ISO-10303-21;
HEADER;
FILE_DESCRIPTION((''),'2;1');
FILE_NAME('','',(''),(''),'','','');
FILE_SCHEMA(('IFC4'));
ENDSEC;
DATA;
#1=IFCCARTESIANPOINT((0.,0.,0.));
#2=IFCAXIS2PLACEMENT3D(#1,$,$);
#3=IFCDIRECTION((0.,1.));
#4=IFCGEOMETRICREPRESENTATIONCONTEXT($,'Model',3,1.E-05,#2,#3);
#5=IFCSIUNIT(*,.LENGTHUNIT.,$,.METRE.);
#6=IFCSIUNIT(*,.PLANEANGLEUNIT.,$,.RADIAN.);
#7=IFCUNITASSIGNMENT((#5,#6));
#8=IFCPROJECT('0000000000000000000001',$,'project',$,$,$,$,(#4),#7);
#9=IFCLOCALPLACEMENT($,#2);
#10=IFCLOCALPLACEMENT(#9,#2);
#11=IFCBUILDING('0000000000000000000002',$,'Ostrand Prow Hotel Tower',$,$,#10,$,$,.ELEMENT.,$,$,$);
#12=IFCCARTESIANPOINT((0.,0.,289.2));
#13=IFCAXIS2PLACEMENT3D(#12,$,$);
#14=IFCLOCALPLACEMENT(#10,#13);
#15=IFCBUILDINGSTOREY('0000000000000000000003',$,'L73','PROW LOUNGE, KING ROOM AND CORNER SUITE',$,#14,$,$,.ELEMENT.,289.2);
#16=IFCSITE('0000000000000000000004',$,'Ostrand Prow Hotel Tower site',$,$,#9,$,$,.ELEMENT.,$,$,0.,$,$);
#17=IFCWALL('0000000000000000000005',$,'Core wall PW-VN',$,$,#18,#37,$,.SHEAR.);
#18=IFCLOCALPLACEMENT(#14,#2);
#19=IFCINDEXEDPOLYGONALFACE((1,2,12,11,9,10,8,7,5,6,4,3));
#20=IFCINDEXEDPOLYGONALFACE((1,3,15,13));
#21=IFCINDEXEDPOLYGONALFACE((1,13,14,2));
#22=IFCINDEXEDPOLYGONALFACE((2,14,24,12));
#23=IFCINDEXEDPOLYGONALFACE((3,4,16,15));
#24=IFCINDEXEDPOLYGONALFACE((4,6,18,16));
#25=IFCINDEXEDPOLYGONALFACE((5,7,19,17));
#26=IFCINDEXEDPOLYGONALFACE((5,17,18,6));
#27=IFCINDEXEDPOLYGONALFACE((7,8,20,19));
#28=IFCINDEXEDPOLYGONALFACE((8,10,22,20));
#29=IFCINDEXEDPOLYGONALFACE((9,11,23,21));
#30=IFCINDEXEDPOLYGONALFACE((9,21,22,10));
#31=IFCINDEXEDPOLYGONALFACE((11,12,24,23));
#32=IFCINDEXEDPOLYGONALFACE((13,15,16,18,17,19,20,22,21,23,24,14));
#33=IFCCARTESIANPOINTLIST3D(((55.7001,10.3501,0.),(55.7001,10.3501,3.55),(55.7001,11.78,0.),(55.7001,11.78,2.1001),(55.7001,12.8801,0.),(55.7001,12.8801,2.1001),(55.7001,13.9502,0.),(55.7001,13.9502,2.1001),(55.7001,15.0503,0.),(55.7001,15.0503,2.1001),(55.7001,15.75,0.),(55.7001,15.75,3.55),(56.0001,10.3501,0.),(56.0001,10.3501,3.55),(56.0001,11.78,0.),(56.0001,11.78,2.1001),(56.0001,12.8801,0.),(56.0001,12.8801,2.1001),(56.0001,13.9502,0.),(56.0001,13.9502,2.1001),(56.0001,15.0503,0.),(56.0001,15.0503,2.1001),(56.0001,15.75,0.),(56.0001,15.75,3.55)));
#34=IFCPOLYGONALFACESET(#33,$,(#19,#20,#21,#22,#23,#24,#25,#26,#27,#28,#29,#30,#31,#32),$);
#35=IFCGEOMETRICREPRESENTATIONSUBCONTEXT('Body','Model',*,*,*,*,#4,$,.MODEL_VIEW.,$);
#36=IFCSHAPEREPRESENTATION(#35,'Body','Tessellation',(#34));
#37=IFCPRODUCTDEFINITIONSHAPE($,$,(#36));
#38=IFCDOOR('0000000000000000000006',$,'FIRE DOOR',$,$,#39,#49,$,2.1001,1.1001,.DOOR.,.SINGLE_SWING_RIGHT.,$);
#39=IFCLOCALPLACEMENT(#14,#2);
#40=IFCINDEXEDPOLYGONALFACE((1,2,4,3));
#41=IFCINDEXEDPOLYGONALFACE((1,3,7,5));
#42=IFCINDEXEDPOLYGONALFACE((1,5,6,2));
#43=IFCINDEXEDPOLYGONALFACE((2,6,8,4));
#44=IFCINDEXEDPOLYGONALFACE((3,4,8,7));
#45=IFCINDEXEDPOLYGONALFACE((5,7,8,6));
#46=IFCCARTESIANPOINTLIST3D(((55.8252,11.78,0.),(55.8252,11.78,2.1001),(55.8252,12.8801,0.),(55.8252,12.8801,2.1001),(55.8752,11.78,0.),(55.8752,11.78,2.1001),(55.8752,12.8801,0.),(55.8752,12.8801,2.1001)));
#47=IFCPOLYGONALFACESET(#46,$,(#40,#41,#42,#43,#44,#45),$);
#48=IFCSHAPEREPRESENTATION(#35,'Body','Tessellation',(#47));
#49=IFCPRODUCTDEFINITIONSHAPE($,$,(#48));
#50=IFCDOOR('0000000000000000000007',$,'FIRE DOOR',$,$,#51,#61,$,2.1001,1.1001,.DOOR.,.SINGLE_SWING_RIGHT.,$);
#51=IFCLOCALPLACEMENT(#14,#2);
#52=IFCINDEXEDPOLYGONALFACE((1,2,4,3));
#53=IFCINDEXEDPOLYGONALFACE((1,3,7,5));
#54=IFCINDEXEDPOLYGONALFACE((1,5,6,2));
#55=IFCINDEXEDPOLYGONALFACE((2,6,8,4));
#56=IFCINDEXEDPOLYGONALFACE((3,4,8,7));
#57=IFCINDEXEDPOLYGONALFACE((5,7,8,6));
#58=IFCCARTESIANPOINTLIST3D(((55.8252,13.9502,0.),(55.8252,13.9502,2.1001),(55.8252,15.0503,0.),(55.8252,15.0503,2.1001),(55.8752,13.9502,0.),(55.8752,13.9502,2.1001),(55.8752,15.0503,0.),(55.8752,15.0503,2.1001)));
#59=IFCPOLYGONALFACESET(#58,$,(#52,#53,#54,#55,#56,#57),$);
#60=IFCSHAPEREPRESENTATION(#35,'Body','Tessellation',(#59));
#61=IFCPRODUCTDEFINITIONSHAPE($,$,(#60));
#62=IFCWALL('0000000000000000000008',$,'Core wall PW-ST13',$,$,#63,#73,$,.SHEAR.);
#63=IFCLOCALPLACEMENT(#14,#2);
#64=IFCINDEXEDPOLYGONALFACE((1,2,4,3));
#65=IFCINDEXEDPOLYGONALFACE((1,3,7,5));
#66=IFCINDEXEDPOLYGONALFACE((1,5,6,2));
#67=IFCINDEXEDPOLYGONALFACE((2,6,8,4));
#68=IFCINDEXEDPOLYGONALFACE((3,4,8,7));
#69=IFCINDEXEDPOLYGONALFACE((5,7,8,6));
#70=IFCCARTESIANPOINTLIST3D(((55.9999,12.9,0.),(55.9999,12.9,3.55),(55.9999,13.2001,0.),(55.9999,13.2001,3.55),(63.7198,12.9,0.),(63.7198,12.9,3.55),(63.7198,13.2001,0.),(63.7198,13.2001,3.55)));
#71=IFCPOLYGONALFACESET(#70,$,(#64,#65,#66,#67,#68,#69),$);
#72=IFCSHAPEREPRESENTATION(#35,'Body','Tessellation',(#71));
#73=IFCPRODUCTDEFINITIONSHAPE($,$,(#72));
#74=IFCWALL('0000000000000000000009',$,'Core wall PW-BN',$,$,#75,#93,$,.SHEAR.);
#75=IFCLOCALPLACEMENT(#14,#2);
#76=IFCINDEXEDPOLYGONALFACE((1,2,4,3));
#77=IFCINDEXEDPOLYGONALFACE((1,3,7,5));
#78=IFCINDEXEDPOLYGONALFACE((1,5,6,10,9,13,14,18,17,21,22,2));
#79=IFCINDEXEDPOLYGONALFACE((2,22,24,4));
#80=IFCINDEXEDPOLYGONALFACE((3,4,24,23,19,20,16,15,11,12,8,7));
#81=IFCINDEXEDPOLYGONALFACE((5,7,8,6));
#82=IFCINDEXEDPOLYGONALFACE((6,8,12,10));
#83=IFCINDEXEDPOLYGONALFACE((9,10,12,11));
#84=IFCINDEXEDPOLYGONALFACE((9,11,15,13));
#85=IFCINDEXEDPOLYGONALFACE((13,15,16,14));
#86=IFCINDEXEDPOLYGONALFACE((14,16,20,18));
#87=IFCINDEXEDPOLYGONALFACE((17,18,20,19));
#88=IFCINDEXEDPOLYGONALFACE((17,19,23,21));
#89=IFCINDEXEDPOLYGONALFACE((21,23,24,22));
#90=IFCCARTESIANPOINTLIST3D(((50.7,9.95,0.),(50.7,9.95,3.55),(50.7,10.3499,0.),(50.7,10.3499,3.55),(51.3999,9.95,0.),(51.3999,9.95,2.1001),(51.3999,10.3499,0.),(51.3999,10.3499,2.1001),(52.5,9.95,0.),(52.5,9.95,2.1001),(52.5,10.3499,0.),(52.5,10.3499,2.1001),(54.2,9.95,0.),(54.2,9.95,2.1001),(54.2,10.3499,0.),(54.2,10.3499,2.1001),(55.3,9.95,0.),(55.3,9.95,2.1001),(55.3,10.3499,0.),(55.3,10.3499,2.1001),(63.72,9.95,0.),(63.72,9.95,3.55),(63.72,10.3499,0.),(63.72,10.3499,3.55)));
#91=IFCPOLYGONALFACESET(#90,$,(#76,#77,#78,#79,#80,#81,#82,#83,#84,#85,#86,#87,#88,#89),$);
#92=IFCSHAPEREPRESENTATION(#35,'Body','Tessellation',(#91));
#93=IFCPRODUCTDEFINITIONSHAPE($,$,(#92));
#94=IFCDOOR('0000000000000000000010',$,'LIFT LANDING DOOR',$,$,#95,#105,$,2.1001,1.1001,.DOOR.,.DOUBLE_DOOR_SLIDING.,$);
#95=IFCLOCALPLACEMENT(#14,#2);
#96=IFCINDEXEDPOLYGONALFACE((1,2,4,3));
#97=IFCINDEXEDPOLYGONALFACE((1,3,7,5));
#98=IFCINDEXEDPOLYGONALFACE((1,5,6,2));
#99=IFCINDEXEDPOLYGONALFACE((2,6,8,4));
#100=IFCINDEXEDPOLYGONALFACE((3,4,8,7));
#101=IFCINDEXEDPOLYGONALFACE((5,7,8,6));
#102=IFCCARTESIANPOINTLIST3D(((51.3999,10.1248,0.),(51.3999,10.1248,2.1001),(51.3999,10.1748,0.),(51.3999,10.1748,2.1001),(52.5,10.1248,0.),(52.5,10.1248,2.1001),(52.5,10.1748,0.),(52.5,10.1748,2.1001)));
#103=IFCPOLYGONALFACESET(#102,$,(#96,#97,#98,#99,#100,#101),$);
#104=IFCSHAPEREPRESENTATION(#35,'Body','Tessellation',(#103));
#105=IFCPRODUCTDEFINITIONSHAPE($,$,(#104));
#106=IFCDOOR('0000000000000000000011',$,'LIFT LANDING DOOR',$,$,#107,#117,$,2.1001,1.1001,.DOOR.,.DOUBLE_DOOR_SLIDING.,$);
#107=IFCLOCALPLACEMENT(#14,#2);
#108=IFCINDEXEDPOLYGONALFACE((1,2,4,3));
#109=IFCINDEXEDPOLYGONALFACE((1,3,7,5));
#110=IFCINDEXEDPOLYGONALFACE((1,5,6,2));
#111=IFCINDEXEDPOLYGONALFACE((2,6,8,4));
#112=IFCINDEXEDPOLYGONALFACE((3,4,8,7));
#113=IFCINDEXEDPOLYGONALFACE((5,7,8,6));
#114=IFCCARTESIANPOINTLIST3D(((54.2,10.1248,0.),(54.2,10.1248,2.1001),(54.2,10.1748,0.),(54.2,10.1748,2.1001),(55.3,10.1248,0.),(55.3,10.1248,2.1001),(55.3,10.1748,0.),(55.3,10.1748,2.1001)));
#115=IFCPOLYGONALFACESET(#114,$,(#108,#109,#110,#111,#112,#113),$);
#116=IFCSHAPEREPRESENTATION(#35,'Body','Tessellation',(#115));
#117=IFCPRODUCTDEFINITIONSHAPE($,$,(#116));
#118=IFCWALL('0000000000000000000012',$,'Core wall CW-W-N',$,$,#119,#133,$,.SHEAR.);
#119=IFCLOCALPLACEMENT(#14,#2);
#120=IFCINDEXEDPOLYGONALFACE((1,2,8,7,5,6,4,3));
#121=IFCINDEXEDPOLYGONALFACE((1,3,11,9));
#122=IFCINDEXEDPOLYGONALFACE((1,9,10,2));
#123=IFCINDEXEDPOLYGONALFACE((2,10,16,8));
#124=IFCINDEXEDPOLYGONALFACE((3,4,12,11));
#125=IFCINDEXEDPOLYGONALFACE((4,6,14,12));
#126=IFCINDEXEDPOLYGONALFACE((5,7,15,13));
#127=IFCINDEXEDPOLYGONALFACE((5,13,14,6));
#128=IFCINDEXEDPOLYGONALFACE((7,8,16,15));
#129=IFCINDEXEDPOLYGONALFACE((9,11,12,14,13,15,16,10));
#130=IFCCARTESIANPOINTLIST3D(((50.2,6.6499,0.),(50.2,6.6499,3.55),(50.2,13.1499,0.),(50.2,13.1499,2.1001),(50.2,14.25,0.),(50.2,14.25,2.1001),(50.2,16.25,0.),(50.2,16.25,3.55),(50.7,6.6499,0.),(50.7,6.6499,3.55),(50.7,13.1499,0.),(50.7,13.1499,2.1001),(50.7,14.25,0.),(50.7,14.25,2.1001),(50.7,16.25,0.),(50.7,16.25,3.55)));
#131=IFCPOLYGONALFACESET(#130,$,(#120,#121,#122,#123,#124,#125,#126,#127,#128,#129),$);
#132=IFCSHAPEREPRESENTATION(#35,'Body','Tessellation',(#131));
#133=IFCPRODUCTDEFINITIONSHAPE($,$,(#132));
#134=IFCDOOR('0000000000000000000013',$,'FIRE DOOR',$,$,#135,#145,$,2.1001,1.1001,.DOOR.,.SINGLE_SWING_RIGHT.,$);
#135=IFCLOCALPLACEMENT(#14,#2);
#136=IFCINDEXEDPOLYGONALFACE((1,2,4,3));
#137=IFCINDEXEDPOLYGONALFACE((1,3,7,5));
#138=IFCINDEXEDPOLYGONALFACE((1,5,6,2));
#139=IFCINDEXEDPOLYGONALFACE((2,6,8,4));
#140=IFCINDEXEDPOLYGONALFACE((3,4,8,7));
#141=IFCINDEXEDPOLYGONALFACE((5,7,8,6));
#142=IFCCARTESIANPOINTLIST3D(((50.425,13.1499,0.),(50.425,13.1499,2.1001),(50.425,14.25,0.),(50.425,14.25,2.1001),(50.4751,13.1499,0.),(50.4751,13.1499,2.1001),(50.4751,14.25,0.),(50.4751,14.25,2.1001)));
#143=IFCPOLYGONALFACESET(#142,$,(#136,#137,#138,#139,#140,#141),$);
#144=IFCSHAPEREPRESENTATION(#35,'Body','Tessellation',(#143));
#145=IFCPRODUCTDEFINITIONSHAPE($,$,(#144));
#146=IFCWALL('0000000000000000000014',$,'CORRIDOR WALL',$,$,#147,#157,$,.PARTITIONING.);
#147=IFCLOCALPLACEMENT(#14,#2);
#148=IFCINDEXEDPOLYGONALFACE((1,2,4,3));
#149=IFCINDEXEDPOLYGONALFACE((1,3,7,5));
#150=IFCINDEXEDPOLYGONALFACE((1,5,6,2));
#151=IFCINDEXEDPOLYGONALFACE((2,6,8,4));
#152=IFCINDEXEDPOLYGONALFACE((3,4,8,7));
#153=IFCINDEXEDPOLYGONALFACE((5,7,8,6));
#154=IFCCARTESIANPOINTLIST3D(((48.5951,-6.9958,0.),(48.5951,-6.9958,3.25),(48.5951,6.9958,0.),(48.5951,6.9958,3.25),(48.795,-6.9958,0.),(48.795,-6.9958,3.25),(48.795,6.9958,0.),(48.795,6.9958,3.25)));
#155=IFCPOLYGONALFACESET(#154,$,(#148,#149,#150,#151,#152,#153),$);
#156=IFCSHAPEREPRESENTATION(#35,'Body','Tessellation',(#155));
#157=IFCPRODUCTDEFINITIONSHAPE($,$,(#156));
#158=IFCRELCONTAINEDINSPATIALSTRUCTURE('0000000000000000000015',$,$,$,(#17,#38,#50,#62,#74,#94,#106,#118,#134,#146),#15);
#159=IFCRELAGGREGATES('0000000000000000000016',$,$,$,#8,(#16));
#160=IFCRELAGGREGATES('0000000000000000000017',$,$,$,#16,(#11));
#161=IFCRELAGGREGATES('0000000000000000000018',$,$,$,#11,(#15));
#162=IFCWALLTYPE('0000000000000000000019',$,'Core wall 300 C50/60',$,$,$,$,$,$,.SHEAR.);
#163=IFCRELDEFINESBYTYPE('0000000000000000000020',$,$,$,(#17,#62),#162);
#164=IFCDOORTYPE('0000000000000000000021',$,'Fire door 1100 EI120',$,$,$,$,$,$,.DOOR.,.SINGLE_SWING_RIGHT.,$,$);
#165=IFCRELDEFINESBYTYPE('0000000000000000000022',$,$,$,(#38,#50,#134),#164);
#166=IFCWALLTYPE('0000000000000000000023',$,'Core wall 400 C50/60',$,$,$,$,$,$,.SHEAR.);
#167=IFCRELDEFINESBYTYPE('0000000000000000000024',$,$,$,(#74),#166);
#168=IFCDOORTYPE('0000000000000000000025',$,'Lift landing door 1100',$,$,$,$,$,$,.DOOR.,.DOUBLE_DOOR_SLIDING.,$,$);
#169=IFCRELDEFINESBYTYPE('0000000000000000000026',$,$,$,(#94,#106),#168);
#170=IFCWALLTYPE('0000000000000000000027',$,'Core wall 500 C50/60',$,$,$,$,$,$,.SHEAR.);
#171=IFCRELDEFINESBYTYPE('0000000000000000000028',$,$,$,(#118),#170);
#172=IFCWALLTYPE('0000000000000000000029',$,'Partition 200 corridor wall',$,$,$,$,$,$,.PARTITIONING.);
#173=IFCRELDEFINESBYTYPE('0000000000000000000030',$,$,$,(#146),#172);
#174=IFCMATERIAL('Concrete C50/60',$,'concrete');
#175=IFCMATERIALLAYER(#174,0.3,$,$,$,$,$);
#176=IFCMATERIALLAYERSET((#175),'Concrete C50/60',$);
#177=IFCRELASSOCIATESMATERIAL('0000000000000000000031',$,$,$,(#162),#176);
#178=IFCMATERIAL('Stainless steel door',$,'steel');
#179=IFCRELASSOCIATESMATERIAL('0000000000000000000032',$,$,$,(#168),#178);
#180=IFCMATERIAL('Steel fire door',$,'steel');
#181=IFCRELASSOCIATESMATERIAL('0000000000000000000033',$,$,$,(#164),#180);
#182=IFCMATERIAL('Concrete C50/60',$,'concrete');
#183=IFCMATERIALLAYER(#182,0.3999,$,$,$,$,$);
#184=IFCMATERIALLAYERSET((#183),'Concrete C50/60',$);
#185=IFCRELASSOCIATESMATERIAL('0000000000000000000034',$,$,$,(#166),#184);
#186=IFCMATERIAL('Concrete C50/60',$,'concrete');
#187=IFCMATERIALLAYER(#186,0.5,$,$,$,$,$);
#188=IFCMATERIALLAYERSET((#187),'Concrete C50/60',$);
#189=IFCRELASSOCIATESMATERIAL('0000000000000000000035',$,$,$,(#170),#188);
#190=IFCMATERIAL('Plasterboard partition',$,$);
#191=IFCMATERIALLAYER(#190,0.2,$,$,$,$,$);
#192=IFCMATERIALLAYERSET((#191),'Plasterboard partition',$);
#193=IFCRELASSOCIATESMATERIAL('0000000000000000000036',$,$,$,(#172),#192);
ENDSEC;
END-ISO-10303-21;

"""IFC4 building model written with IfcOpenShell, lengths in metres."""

from ifc_helpers import new_model, si_unit, direction, frame, frame_2d, origin, place, context, subcontext, project, spatial, rectangle, extrude, material, layer, layer_set, type_object, element, fill, save


model = new_model("IFC4")

# Units and contexts
model_context = context("Model", 3, precision=1e-05, world=origin(), true_north=direction((0.0, 1.0)))
body_context = subcontext(model_context, "Body", "Model", "MODEL_VIEW")
ifc_project = project(units=[si_unit("LENGTHUNIT", "METRE"), si_unit("PLANEANGLEUNIT", "RADIAN")], contexts=[model_context])

# Site, building, storey
site_placement = place(None, origin())
site = spatial("IfcSite", under=ifc_project, at=site_placement, Name="Ostrand Prow Hotel Tower site", CompositionType="ELEMENT", RefElevation=0.0)
building_placement = place(site_placement, origin())
building = spatial("IfcBuilding", under=site, at=building_placement, Name="Ostrand Prow Hotel Tower", CompositionType="ELEMENT")
storey_placement = place(building_placement, frame((0.0, 0.0, 289.2)))
storey = spatial("IfcBuildingStorey", under=building, at=storey_placement, Name="L73", Description="PROW LOUNGE, KING ROOM AND CORNER SUITE", CompositionType="ELEMENT", Elevation=289.2)

# Shared definitions
ifc_material_1 = material(Name="Concrete C50/60", Category="concrete")
ifc_layer_1 = layer(ifc_material_1, 0.3)
ifc_layer_set_1 = layer_set([ifc_layer_1], Name="Concrete C50/60")
wall_type_1 = type_object("IfcWallType", Name="Core wall 300 C50/60", PredefinedType="SHEAR", material=ifc_layer_set_1)
ifc_material_2 = material(Name="Stainless steel door", Category="steel")
door_type_1 = type_object("IfcDoorType", Name="Lift landing door 1100", OperationType="DOUBLE_DOOR_SLIDING", PredefinedType="DOOR", material=ifc_material_2)

# Wall, openings, doors
wall_1_placement = place(storey_placement, frame((55.8501, 10.3501, 0.0), z_axis=(0.0, 0.0, 1.0), x_axis=(0.0, 1.0, 0.0)))
wall_1 = element("IfcWall", 1, at=wall_1_placement, inside=storey, type_object=wall_type_1, Name="Core wall PW-VN", PredefinedType="SHEAR", context=body_context, shape_type="SweptSolid", body=[
    extrude(rectangle(XDim=5.3999, YDim=0.3, at=frame_2d((2.7, 0.0))), origin(), (0.0, 0.0, 1.0), 3.55),
])
opening_1_placement = place(wall_1_placement, frame((1.4299, 0.0, 0.0)))
opening_1 = element("IfcOpeningElement", 2, at=opening_1_placement, cuts=wall_1, PredefinedType="OPENING", context=body_context, shape_type="SweptSolid", body=[
    extrude(rectangle(XDim=1.1001, YDim=2.1001, at=frame_2d((0.55, 1.05))), frame((0.0, 0.1599, 0.0), z_axis=(0.0, -1.0, 0.0), x_axis=(1.0, 0.0, 0.0)), (0.0, 0.0, 1.0), 0.3201),
])
opening_2_placement = place(wall_1_placement, frame((3.6001, 0.0, 0.0)))
opening_2 = element("IfcOpeningElement", 3, at=opening_2_placement, cuts=wall_1, PredefinedType="OPENING", context=body_context, shape_type="SweptSolid", body=[
    extrude(rectangle(XDim=1.1001, YDim=2.1001, at=frame_2d((0.55, 1.05))), frame((0.0, 0.1599, 0.0), z_axis=(0.0, -1.0, 0.0), x_axis=(1.0, 0.0, 0.0)), (0.0, 0.0, 1.0), 0.3201),
])
ifc_material_3 = material(Name="Steel fire door", Category="steel")
door_type_2 = type_object("IfcDoorType", Name="Fire door 1100 EI120", OperationType="SINGLE_SWING_RIGHT", PredefinedType="DOOR", material=ifc_material_3)
door_1_placement = place(opening_1_placement, origin())
door_1 = element("IfcDoor", 4, at=door_1_placement, inside=storey, type_object=door_type_2, Name="FIRE DOOR", OperationType="SINGLE_SWING_RIGHT", OverallHeight=2.1001, OverallWidth=1.1001, PredefinedType="DOOR", context=body_context, shape_type="SweptSolid", body=[
    extrude(rectangle(XDim=1.1001, YDim=2.1001, at=frame_2d((0.55, 1.05))), frame((0.0, 0.0249, 0.0), z_axis=(0.0, -1.0, 0.0), x_axis=(1.0, 0.0, 0.0)), (0.0, 0.0, 1.0), 0.05),
])
fill(opening_1, door_1)
door_2_placement = place(opening_2_placement, origin())
door_2 = element("IfcDoor", 5, at=door_2_placement, inside=storey, type_object=door_type_2, Name="FIRE DOOR", OperationType="SINGLE_SWING_RIGHT", OverallHeight=2.1001, OverallWidth=1.1001, PredefinedType="DOOR", context=body_context, shape_type="SweptSolid", body=[
    extrude(rectangle(XDim=1.1001, YDim=2.1001, at=frame_2d((0.55, 1.05))), frame((0.0, 0.0249, 0.0), z_axis=(0.0, -1.0, 0.0), x_axis=(1.0, 0.0, 0.0)), (0.0, 0.0, 1.0), 0.05),
])
fill(opening_2, door_2)

# Wall
wall_2_placement = place(storey_placement, frame((56.0, 13.05, 0.0), z_axis=(0.0, 0.0, 1.0), x_axis=(1.0, 0.0, 0.0)))
element("IfcWall", 6, at=wall_2_placement, inside=storey, type_object=wall_type_1, Name="Core wall PW-ST13", PredefinedType="SHEAR", context=body_context, shape_type="SweptSolid", body=[
    extrude(rectangle(XDim=7.72, YDim=0.3, at=frame_2d((3.8599, 0.0))), origin(), (0.0, 0.0, 1.0), 3.55),
])

# Wall, openings, doors
ifc_material_4 = material(Name="Concrete C50/60", Category="concrete")
ifc_layer_2 = layer(ifc_material_4, 0.3999)
ifc_layer_set_2 = layer_set([ifc_layer_2], Name="Concrete C50/60")
wall_type_2 = type_object("IfcWallType", Name="Core wall 400 C50/60", PredefinedType="SHEAR", material=ifc_layer_set_2)
wall_3_placement = place(storey_placement, frame((50.7, 10.1499, 0.0), z_axis=(0.0, 0.0, 1.0), x_axis=(1.0, 0.0, 0.0)))
wall_3 = element("IfcWall", 7, at=wall_3_placement, inside=storey, type_object=wall_type_2, Name="Core wall PW-BN", PredefinedType="SHEAR", context=body_context, shape_type="SweptSolid", body=[
    extrude(rectangle(XDim=13.02, YDim=0.3999, at=frame_2d((6.51, 0.0))), origin(), (0.0, 0.0, 1.0), 3.55),
])
opening_3_placement = place(wall_3_placement, frame((0.7, 0.0, 0.0)))
opening_3 = element("IfcOpeningElement", 8, at=opening_3_placement, cuts=wall_3, PredefinedType="OPENING", context=body_context, shape_type="SweptSolid", body=[
    extrude(rectangle(XDim=1.1001, YDim=2.1001, at=frame_2d((0.55, 1.05))), frame((0.0, 0.21, 0.0), z_axis=(0.0, -1.0, 0.0), x_axis=(1.0, 0.0, 0.0)), (0.0, 0.0, 1.0), 0.4199),
])
opening_4_placement = place(wall_3_placement, frame((3.5, 0.0, 0.0)))
opening_4 = element("IfcOpeningElement", 9, at=opening_4_placement, cuts=wall_3, PredefinedType="OPENING", context=body_context, shape_type="SweptSolid", body=[
    extrude(rectangle(XDim=1.1001, YDim=2.1001, at=frame_2d((0.55, 1.05))), frame((0.0, 0.21, 0.0), z_axis=(0.0, -1.0, 0.0), x_axis=(1.0, 0.0, 0.0)), (0.0, 0.0, 1.0), 0.4199),
])
door_3_placement = place(opening_3_placement, origin())
door_3 = element("IfcDoor", 10, at=door_3_placement, inside=storey, type_object=door_type_1, Name="LIFT LANDING DOOR", OperationType="DOUBLE_DOOR_SLIDING", OverallHeight=2.1001, OverallWidth=1.1001, PredefinedType="DOOR", context=body_context, shape_type="SweptSolid", body=[
    extrude(rectangle(XDim=1.1001, YDim=2.1001, at=frame_2d((0.55, 1.05))), frame((0.0, 0.0249, 0.0), z_axis=(0.0, -1.0, 0.0), x_axis=(1.0, 0.0, 0.0)), (0.0, 0.0, 1.0), 0.05),
])
fill(opening_3, door_3)
door_4_placement = place(opening_4_placement, origin())
door_4 = element("IfcDoor", 11, at=door_4_placement, inside=storey, type_object=door_type_1, Name="LIFT LANDING DOOR", OperationType="DOUBLE_DOOR_SLIDING", OverallHeight=2.1001, OverallWidth=1.1001, PredefinedType="DOOR", context=body_context, shape_type="SweptSolid", body=[
    extrude(rectangle(XDim=1.1001, YDim=2.1001, at=frame_2d((0.55, 1.05))), frame((0.0, 0.0249, 0.0), z_axis=(0.0, -1.0, 0.0), x_axis=(1.0, 0.0, 0.0)), (0.0, 0.0, 1.0), 0.05),
])
fill(opening_4, door_4)

# Wall, opening, door
ifc_material_5 = material(Name="Concrete C50/60", Category="concrete")
ifc_layer_3 = layer(ifc_material_5, 0.5)
ifc_layer_set_3 = layer_set([ifc_layer_3], Name="Concrete C50/60")
wall_type_3 = type_object("IfcWallType", Name="Core wall 500 C50/60", PredefinedType="SHEAR", material=ifc_layer_set_3)
wall_4_placement = place(storey_placement, frame((50.45, 6.6499, 0.0), z_axis=(0.0, 0.0, 1.0), x_axis=(0.0, 1.0, 0.0)))
wall_4 = element("IfcWall", 12, at=wall_4_placement, inside=storey, type_object=wall_type_3, Name="Core wall CW-W-N", PredefinedType="SHEAR", context=body_context, shape_type="SweptSolid", body=[
    extrude(rectangle(XDim=9.6001, YDim=0.5, at=frame_2d((4.8, 0.0))), origin(), (0.0, 0.0, 1.0), 3.55),
])
opening_5_placement = place(wall_4_placement, frame((6.5, 0.0, 0.0)))
opening_5 = element("IfcOpeningElement", 13, at=opening_5_placement, cuts=wall_4, PredefinedType="OPENING", context=body_context, shape_type="SweptSolid", body=[
    extrude(rectangle(XDim=1.1001, YDim=2.1001, at=frame_2d((0.55, 1.05))), frame((0.0, 0.26, 0.0), z_axis=(0.0, -1.0, 0.0), x_axis=(1.0, 0.0, 0.0)), (0.0, 0.0, 1.0), 0.52),
])
door_5_placement = place(opening_5_placement, origin())
door_5 = element("IfcDoor", 14, at=door_5_placement, inside=storey, type_object=door_type_2, Name="FIRE DOOR", OperationType="SINGLE_SWING_RIGHT", OverallHeight=2.1001, OverallWidth=1.1001, PredefinedType="DOOR", context=body_context, shape_type="SweptSolid", body=[
    extrude(rectangle(XDim=1.1001, YDim=2.1001, at=frame_2d((0.55, 1.05))), frame((0.0, 0.0249, 0.0), z_axis=(0.0, -1.0, 0.0), x_axis=(1.0, 0.0, 0.0)), (0.0, 0.0, 1.0), 0.05),
])
fill(opening_5, door_5)

# Wall
ifc_material_6 = material(Name="Plasterboard partition")
ifc_layer_4 = layer(ifc_material_6, 0.2)
ifc_layer_set_4 = layer_set([ifc_layer_4], Name="Plasterboard partition")
wall_type_4 = type_object("IfcWallType", Name="Partition 200 corridor wall", PredefinedType="PARTITIONING", material=ifc_layer_set_4)
wall_5_placement = place(storey_placement, frame((48.6951, 6.9958, 0.0), z_axis=(0.0, 0.0, 1.0), x_axis=(0.0, -1.0, 0.0)))
element("IfcWall", 15, at=wall_5_placement, inside=storey, type_object=wall_type_4, Name="CORRIDOR WALL", PredefinedType="PARTITIONING", context=body_context, shape_type="SweptSolid", body=[
    extrude(rectangle(XDim=13.9917, YDim=0.2, at=frame_2d((6.9958, 0.0))), origin(), (0.0, 0.0, 1.0), 3.25),
])

save(model, "model.ifc")
